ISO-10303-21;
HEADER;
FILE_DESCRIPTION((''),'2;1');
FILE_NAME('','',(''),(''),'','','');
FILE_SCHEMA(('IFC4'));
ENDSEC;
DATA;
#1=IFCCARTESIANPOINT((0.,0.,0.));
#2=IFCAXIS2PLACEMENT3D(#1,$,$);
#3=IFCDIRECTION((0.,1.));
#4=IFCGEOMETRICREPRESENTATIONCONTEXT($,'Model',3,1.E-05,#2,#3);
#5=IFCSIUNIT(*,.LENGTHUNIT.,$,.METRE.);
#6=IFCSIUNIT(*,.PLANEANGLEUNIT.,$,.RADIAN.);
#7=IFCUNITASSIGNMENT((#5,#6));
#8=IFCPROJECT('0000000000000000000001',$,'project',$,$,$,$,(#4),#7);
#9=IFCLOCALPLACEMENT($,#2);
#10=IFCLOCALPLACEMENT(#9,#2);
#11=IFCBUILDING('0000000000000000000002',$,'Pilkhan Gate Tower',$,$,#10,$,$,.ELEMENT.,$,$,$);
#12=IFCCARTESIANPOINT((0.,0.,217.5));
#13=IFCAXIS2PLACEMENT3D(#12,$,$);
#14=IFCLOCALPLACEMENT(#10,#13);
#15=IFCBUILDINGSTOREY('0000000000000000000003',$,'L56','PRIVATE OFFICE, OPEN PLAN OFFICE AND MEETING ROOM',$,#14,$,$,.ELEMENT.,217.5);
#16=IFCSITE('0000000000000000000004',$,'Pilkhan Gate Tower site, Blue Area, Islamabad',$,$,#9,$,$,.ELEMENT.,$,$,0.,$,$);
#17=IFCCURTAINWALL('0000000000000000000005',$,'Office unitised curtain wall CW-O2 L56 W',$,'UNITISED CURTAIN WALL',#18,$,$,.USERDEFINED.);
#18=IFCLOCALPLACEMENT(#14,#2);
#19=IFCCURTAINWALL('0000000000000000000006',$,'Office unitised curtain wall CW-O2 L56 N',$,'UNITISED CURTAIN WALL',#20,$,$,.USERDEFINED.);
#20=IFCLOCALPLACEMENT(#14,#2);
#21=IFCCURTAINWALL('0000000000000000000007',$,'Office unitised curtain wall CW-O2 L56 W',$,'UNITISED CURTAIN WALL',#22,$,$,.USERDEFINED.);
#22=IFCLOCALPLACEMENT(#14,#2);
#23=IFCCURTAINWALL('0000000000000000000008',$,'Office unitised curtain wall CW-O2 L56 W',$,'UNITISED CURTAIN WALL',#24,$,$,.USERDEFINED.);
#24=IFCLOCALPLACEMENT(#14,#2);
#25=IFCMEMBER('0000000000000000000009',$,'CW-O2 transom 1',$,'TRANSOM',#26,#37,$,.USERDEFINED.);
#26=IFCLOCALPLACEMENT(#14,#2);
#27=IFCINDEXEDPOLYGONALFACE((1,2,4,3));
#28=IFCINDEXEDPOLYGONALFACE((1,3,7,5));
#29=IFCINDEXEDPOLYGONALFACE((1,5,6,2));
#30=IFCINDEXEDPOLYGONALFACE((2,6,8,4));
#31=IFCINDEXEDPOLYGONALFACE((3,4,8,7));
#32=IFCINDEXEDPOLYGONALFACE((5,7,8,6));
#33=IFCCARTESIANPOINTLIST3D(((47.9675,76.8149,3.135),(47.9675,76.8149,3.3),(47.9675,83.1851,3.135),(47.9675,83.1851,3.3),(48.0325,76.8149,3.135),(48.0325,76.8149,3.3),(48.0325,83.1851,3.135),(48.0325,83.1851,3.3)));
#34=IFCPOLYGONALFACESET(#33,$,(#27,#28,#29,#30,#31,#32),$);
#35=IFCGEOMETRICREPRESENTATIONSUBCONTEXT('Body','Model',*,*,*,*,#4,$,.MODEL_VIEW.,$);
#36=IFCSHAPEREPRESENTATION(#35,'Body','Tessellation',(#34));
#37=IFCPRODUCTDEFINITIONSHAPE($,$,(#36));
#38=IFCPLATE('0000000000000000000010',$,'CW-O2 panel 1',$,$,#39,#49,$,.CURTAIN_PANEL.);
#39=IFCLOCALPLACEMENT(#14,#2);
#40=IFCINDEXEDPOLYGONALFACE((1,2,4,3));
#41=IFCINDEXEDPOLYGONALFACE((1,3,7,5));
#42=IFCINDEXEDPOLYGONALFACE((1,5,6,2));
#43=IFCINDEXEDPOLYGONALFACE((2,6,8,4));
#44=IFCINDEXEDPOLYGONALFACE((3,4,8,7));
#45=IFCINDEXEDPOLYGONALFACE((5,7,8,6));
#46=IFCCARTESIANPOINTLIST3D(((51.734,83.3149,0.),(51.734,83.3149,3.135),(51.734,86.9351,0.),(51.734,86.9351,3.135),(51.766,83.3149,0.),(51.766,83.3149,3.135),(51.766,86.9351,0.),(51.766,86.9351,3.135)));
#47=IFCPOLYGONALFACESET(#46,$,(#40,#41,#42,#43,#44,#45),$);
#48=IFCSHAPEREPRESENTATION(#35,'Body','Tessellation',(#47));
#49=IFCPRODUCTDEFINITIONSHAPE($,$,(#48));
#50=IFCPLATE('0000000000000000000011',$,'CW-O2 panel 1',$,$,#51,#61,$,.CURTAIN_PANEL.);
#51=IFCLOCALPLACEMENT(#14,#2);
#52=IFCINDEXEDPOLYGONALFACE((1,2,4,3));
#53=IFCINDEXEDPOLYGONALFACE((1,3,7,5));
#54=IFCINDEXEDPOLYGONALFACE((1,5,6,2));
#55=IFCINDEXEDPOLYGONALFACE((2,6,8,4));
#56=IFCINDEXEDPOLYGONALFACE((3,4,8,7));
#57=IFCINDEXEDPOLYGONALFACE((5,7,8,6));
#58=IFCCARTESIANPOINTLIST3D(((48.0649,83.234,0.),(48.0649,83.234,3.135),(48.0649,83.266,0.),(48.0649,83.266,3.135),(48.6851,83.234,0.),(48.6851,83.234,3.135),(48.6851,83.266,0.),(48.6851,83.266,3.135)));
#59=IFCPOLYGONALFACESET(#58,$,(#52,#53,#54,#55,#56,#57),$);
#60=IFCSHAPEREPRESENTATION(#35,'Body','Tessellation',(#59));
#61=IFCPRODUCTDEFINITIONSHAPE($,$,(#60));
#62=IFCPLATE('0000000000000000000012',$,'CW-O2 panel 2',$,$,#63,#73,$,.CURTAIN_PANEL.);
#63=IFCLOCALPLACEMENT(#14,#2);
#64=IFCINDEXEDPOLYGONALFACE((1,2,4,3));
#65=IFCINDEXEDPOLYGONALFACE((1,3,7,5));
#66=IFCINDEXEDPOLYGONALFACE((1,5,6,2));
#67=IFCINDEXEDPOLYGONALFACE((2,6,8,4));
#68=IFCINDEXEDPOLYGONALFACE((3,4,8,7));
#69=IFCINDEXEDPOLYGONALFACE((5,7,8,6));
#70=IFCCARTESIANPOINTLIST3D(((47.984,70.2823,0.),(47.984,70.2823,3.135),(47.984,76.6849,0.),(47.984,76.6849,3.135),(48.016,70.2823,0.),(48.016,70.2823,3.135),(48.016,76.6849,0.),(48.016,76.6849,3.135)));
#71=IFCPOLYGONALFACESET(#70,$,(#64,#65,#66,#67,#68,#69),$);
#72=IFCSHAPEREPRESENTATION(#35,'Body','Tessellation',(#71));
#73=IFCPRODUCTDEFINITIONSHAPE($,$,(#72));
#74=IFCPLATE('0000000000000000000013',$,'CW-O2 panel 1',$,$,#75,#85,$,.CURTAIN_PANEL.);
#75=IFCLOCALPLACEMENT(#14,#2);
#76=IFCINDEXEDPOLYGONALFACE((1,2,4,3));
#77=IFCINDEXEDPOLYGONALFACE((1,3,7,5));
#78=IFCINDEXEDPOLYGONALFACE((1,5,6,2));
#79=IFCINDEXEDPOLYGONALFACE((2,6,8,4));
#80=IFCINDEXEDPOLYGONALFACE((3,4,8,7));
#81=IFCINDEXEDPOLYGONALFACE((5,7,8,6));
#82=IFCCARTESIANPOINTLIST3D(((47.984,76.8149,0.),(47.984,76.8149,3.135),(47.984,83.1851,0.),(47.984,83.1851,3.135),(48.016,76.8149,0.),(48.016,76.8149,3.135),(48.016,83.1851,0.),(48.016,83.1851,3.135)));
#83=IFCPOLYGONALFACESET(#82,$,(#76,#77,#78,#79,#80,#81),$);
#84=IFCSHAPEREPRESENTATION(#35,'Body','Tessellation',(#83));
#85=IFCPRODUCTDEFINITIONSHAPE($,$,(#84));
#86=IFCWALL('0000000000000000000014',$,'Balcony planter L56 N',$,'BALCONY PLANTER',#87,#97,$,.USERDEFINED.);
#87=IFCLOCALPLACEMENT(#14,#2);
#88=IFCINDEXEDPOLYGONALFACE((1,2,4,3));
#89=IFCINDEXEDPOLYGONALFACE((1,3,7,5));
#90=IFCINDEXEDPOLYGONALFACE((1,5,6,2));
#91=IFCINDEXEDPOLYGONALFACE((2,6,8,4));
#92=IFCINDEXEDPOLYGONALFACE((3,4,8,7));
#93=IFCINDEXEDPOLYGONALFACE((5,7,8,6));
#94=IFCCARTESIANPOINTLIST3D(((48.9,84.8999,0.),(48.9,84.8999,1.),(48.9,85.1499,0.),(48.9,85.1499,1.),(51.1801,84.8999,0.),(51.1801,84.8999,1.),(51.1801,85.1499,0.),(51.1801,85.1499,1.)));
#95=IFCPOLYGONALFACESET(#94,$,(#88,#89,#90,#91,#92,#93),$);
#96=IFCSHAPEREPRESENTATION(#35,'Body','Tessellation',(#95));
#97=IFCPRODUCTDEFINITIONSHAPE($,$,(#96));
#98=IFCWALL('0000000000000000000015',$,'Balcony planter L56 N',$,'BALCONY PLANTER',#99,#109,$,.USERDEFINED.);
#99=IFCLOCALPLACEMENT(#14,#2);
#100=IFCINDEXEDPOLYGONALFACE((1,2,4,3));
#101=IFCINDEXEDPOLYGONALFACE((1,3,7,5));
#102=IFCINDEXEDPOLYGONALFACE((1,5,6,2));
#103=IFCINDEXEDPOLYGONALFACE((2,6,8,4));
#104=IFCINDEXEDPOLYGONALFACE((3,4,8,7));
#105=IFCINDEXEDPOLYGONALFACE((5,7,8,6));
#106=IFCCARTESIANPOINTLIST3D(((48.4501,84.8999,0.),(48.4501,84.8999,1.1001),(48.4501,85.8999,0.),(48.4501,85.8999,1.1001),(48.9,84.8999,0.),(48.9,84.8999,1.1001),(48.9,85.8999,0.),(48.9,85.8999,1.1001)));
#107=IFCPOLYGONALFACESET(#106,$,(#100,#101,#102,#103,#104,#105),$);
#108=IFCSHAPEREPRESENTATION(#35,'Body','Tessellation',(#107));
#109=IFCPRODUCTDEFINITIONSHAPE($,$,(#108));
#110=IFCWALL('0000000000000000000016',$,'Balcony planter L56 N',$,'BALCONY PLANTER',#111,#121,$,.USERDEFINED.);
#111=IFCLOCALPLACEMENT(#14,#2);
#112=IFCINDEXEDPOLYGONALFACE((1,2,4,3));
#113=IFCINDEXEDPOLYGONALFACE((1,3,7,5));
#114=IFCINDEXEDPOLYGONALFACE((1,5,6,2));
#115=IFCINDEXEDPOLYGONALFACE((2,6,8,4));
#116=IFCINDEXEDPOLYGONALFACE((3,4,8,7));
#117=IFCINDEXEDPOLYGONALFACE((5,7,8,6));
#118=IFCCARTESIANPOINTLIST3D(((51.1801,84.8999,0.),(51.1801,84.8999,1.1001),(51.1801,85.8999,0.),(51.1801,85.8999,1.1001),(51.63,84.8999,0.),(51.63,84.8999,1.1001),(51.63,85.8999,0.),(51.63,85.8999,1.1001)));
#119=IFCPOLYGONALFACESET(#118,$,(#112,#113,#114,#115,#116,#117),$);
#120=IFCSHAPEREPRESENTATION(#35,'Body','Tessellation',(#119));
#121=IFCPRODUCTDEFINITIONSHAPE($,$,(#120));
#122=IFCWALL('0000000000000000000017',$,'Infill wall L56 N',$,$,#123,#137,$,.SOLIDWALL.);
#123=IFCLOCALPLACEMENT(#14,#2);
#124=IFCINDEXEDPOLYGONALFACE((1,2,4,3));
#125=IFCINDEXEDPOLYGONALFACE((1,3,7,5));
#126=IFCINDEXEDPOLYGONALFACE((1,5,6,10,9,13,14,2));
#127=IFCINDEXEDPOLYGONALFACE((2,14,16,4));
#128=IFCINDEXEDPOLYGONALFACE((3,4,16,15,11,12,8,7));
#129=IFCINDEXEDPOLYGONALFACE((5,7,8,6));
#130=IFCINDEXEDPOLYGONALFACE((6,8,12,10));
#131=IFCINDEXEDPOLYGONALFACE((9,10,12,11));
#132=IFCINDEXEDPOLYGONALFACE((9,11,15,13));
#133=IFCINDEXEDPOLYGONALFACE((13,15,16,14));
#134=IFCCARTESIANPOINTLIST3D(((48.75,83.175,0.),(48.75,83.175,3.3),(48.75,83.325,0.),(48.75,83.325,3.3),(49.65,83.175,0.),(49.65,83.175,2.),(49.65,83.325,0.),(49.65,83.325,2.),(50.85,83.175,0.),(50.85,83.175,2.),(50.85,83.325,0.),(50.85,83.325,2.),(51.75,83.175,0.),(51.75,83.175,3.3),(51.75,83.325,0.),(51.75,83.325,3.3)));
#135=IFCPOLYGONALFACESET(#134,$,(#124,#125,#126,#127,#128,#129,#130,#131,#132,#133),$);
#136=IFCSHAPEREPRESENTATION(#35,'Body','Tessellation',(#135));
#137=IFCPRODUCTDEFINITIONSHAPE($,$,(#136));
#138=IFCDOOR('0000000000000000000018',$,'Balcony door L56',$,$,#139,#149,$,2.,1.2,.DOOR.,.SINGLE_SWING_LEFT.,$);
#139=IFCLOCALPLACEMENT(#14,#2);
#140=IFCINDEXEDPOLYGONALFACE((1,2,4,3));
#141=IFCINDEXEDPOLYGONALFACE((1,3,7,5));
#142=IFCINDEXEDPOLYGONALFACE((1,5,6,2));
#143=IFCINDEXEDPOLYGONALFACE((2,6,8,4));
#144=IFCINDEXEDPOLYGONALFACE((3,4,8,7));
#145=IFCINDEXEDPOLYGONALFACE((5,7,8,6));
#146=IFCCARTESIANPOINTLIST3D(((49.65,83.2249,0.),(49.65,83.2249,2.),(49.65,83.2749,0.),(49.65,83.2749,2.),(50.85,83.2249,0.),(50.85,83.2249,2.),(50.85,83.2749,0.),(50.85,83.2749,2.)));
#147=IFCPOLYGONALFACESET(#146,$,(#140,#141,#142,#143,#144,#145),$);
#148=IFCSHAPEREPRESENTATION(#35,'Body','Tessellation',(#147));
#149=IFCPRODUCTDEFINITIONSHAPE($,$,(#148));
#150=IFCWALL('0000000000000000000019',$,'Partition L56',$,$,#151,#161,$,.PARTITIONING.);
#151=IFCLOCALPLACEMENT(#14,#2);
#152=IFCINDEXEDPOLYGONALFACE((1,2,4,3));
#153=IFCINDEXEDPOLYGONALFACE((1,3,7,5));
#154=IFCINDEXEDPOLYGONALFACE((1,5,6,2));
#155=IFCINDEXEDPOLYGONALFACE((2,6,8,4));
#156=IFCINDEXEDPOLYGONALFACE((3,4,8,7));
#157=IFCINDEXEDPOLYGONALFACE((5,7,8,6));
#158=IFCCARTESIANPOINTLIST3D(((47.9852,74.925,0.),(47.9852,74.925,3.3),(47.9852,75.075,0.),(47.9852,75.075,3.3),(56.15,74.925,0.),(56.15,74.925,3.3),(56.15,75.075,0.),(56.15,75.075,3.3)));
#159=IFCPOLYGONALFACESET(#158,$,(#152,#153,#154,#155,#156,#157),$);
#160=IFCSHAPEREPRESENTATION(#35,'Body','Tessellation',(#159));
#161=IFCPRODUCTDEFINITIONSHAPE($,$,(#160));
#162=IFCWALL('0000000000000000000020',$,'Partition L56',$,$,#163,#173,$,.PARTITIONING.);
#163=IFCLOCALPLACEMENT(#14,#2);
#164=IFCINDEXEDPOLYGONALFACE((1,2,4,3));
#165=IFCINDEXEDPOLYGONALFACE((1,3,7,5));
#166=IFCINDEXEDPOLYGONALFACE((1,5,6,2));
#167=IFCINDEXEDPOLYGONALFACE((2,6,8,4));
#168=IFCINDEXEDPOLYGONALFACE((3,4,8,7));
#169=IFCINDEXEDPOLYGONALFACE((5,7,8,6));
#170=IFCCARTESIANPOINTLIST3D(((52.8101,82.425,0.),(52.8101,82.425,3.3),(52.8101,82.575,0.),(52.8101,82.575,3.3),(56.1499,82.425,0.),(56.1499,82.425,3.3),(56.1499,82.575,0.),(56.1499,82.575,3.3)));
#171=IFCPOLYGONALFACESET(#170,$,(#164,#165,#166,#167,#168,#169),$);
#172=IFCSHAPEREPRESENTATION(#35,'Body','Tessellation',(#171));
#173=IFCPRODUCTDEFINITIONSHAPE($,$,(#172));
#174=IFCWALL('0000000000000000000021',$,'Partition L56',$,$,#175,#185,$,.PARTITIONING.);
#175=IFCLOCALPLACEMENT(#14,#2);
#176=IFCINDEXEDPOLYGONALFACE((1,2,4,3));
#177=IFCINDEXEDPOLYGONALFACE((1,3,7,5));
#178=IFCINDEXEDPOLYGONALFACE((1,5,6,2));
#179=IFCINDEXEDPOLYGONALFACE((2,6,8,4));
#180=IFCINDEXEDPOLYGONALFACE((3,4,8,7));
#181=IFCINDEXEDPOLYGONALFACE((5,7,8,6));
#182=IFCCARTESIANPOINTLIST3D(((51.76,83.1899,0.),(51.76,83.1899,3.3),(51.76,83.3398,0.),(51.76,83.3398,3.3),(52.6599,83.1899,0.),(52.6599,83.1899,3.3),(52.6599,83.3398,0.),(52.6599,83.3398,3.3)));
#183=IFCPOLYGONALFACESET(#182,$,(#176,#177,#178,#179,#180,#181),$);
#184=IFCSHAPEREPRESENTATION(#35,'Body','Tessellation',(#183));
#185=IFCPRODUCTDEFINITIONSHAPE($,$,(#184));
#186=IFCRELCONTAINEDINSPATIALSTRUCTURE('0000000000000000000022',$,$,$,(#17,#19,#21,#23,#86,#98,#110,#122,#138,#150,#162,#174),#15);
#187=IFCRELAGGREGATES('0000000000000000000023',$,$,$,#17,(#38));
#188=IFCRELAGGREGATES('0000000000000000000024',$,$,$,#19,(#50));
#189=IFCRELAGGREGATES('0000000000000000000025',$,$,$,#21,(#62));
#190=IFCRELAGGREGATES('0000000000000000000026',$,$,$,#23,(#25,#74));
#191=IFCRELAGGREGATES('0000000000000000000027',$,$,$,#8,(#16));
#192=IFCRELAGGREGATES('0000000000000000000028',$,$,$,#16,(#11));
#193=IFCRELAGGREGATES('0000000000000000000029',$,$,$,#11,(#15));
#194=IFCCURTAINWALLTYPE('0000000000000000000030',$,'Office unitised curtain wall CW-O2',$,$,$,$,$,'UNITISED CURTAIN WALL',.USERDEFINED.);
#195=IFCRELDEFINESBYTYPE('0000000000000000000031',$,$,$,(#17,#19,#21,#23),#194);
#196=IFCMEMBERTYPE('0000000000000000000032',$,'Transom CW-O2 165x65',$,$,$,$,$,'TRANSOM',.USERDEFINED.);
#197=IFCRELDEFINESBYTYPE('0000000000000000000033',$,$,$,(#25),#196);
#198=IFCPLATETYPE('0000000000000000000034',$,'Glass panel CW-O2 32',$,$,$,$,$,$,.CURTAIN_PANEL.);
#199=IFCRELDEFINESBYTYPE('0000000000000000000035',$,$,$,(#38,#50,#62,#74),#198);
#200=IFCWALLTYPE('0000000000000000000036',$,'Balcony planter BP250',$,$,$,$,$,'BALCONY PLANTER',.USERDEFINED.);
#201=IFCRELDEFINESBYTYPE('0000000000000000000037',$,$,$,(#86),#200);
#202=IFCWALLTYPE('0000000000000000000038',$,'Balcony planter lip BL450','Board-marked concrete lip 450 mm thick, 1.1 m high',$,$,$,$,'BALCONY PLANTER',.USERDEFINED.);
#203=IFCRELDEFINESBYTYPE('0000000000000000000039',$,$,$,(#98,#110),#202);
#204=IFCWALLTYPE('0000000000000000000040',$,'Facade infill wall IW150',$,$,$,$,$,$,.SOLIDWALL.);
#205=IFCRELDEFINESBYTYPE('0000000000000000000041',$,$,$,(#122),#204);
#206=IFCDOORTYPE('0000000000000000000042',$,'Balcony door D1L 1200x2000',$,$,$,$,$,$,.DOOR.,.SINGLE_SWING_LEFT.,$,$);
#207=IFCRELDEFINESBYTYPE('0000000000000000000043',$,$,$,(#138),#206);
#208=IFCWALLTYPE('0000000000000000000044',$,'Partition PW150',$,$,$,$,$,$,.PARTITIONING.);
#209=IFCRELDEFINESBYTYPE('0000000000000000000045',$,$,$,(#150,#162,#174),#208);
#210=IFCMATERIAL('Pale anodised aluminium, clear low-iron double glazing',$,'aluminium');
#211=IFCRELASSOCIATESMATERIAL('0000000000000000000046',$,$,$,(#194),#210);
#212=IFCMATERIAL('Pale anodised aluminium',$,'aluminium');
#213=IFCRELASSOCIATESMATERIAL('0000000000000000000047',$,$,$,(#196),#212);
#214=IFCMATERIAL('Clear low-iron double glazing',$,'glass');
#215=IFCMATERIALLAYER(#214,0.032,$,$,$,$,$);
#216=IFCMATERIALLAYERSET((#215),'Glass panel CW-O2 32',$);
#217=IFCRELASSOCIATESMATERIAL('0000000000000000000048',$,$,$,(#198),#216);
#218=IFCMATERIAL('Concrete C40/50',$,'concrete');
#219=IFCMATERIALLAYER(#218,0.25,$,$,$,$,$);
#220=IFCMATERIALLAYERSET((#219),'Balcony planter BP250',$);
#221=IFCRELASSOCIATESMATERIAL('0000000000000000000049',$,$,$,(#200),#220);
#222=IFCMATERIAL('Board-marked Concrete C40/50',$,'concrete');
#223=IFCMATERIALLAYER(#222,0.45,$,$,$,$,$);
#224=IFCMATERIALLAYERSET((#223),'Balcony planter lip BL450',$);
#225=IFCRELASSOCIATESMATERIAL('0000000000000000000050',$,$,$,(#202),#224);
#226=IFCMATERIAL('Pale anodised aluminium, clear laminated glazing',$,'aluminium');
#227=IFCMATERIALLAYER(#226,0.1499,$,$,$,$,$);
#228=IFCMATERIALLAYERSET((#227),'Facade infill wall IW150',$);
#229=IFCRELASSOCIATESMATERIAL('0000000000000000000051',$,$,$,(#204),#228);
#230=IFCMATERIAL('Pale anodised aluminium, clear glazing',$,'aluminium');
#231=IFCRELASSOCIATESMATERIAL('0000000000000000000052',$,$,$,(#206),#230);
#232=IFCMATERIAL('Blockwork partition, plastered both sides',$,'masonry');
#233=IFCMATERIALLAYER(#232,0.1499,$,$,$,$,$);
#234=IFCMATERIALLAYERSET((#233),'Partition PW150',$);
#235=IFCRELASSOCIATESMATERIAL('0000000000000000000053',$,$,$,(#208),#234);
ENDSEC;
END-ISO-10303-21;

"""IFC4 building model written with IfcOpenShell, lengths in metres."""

from ifc_helpers import new_model, si_unit, direction, frame, frame_2d, origin, origin_2d, place, context, subcontext, project, spatial, rectangle, extrude, material, layer, layer_set, material_profile, profile_set, type_object, element, fill, aggregate, save


model = new_model("IFC4")

# Units and contexts
model_context = context("Model", 3, precision=1e-05, world=origin(), true_north=direction((0.0, 1.0)))
body_context = subcontext(model_context, "Body", "Model", "MODEL_VIEW")
ifc_project = project(units=[si_unit("LENGTHUNIT", "METRE"), si_unit("PLANEANGLEUNIT", "RADIAN")], contexts=[model_context])

# Site, building, storey
site_placement = place(None, origin())
site = spatial("IfcSite", under=ifc_project, at=site_placement, Name="Pilkhan Gate Tower site, Blue Area, Islamabad", CompositionType="ELEMENT", RefElevation=0.0)
building_placement = place(site_placement, origin())
building = spatial("IfcBuilding", under=site, at=building_placement, Name="Pilkhan Gate Tower", CompositionType="ELEMENT")
storey_placement = place(building_placement, frame((0.0, 0.0, 217.5)))
storey = spatial("IfcBuildingStorey", under=building, at=storey_placement, Name="L56", Description="PRIVATE OFFICE, OPEN PLAN OFFICE AND MEETING ROOM", CompositionType="ELEMENT", Elevation=217.5)

# Curtain wall
ifc_material_1 = material(Name="Pale anodised aluminium, clear low-iron double glazing", Category="aluminium")
curtain_wall_type = type_object("IfcCurtainWallType", Name="Office unitised curtain wall CW-O2", ElementType="UNITISED CURTAIN WALL", PredefinedType="USERDEFINED", material=ifc_material_1)
curtain_wall_1_placement = place(storey_placement, origin())
curtain_wall_1 = element("IfcCurtainWall", 1, at=curtain_wall_1_placement, inside=storey, type_object=curtain_wall_type, Name="Office unitised curtain wall CW-O2 L56 W", ObjectType="UNITISED CURTAIN WALL", PredefinedType="USERDEFINED")
ifc_material_2 = material(Name="Pale anodised aluminium", Category="aluminium")

# Curtain wall
curtain_wall_2_placement = place(storey_placement, origin())
curtain_wall_2 = element("IfcCurtainWall", 2, at=curtain_wall_2_placement, inside=storey, type_object=curtain_wall_type, Name="Office unitised curtain wall CW-O2 L56 N", ObjectType="UNITISED CURTAIN WALL", PredefinedType="USERDEFINED")

# Curtain wall
curtain_wall_3_placement = place(storey_placement, origin())
curtain_wall_3 = element("IfcCurtainWall", 3, at=curtain_wall_3_placement, inside=storey, type_object=curtain_wall_type, Name="Office unitised curtain wall CW-O2 L56 W", ObjectType="UNITISED CURTAIN WALL", PredefinedType="USERDEFINED")

# Curtain wall
curtain_wall_4_placement = place(storey_placement, origin())
curtain_wall_4 = element("IfcCurtainWall", 4, at=curtain_wall_4_placement, inside=storey, type_object=curtain_wall_type, Name="Office unitised curtain wall CW-O2 L56 W", ObjectType="UNITISED CURTAIN WALL", PredefinedType="USERDEFINED")

# Member
ifc_material_profile_1 = material_profile(ifc_material_2, rectangle(XDim=0.0649, YDim=0.165, at=origin_2d()), Name="Transom 165x65")
ifc_profile_set_1 = profile_set([ifc_material_profile_1], Name="Pale anodised aluminium")
member_type_1 = type_object("IfcMemberType", Name="Transom CW-O2 165x65", ElementType="TRANSOM", PredefinedType="USERDEFINED", material=ifc_profile_set_1)
member_1_placement = place(storey_placement, frame((48.0, 76.8149, 3.2175), z_axis=(0.0, 1.0, 0.0), x_axis=(-1.0, 0.0, 0.0)))
member_1 = element("IfcMember", 5, at=member_1_placement, type_object=member_type_1, Name="CW-O2 transom 1", ObjectType="TRANSOM", PredefinedType="USERDEFINED", context=body_context, shape_type="SweptSolid", body=[
    extrude(rectangle(XDim=0.0649, YDim=0.165, at=origin_2d()), origin(), (0.0, 0.0, 1.0), 6.3701),
])

# Plates
ifc_material_3 = material(Name="Clear low-iron double glazing", Category="glass")
ifc_layer_1 = layer(ifc_material_3, 0.032)
ifc_layer_set_1 = layer_set([ifc_layer_1], Name="Glass panel CW-O2 32")
plate_type = type_object("IfcPlateType", Name="Glass panel CW-O2 32", PredefinedType="CURTAIN_PANEL", material=ifc_layer_set_1)
plate_1_placement = place(storey_placement, frame((51.75, 85.125, 0.0), z_axis=(0.0, 0.0, 1.0), x_axis=(0.0, 1.0, 0.0)))
plate_1 = element("IfcPlate", 6, at=plate_1_placement, type_object=plate_type, Name="CW-O2 panel 1", PredefinedType="CURTAIN_PANEL", context=body_context, shape_type="SweptSolid", body=[
    extrude(rectangle(XDim=3.6201, YDim=0.032, at=origin_2d()), origin(), (0.0, 0.0, 1.0), 3.135),
])
aggregate(curtain_wall_1, [plate_1])
plate_2_placement = place(storey_placement, frame((48.375, 83.25, 0.0), z_axis=(0.0, 0.0, 1.0), x_axis=(1.0, 0.0, 0.0)))
plate_2 = element("IfcPlate", 7, at=plate_2_placement, type_object=plate_type, Name="CW-O2 panel 1", PredefinedType="CURTAIN_PANEL", context=body_context, shape_type="SweptSolid", body=[
    extrude(rectangle(XDim=0.6201, YDim=0.032, at=origin_2d()), origin(), (0.0, 0.0, 1.0), 3.135),
])
aggregate(curtain_wall_2, [plate_2])
plate_3_placement = place(storey_placement, frame((48.0, 73.4836, 0.0), z_axis=(0.0, 0.0, 1.0), x_axis=(0.0, 1.0, 0.0)))
plate_3 = element("IfcPlate", 8, at=plate_3_placement, type_object=plate_type, Name="CW-O2 panel 2", PredefinedType="CURTAIN_PANEL", context=body_context, shape_type="SweptSolid", body=[
    extrude(rectangle(XDim=6.4026, YDim=0.032, at=origin_2d()), origin(), (0.0, 0.0, 1.0), 3.135),
])
aggregate(curtain_wall_3, [plate_3])
plate_4_placement = place(storey_placement, frame((48.0, 80.0, 0.0), z_axis=(0.0, 0.0, 1.0), x_axis=(0.0, 1.0, 0.0)))
plate_4 = element("IfcPlate", 9, at=plate_4_placement, type_object=plate_type, Name="CW-O2 panel 1", PredefinedType="CURTAIN_PANEL", context=body_context, shape_type="SweptSolid", body=[
    extrude(rectangle(XDim=6.3701, YDim=0.032, at=origin_2d()), origin(), (0.0, 0.0, 1.0), 3.135),
])
aggregate(curtain_wall_4, [member_1, plate_4])

# Walls
ifc_material_4 = material(Name="Concrete C40/50", Category="concrete")
ifc_layer_2 = layer(ifc_material_4, 0.25)
ifc_layer_set_2 = layer_set([ifc_layer_2], Name="Balcony planter BP250")
wall_type_1 = type_object("IfcWallType", Name="Balcony planter BP250", ElementType="BALCONY PLANTER", PredefinedType="USERDEFINED", material=ifc_layer_set_2)
wall_1_placement = place(storey_placement, frame((48.8999, 85.0249, 0.0), z_axis=(0.0, 0.0, 1.0), x_axis=(1.0, 0.0, 0.0)))
element("IfcWall", 10, at=wall_1_placement, inside=storey, type_object=wall_type_1, Name="Balcony planter L56 N", ObjectType="BALCONY PLANTER", PredefinedType="USERDEFINED", context=body_context, shape_type="SweptSolid", body=[
    extrude(rectangle(XDim=2.28, YDim=0.25, at=frame_2d((1.1401, 0.0))), origin(), (0.0, 0.0, 1.0), 1.0),
])
ifc_material_5 = material(Name="Board-marked Concrete C40/50", Category="concrete")
ifc_layer_3 = layer(ifc_material_5, 0.45)
ifc_layer_set_3 = layer_set([ifc_layer_3], Name="Balcony planter lip BL450")
wall_type_2 = type_object("IfcWallType", Name="Balcony planter lip BL450", Description="Board-marked concrete lip 450 mm thick, 1.1 m high", ElementType="BALCONY PLANTER", PredefinedType="USERDEFINED", material=ifc_layer_set_3)
for number, where, z_axis, x_axis, name in (
    (11, (48.675, 84.8999, 0.0), (0.0, 0.0, 1.0), (0.0, 1.0, 0.0), "Balcony planter L56 N"),
    (12, (51.405, 84.8999, 0.0), (0.0, 0.0, 1.0), (0.0, 1.0, 0.0), "Balcony planter L56 N"),
):
    element("IfcWall", number, at=place(storey_placement, frame(where, z_axis=z_axis, x_axis=x_axis)), inside=storey, type_object=wall_type_2, Name=name, ObjectType="BALCONY PLANTER", PredefinedType="USERDEFINED", context=body_context, shape_type="SweptSolid", body=[
        extrude(rectangle(XDim=1.0, YDim=0.45, at=frame_2d((0.5, 0.0))), origin(), (0.0, 0.0, 1.0), 1.1001),
    ])

# Wall, opening, door
ifc_material_6 = material(Name="Pale anodised aluminium, clear laminated glazing", Category="aluminium")
ifc_layer_4 = layer(ifc_material_6, 0.1499)
ifc_layer_set_4 = layer_set([ifc_layer_4], Name="Facade infill wall IW150")
wall_type_3 = type_object("IfcWallType", Name="Facade infill wall IW150", PredefinedType="SOLIDWALL", material=ifc_layer_set_4)
wall_2_placement = place(storey_placement, frame((48.75, 83.25, 0.0), z_axis=(0.0, 0.0, 1.0), x_axis=(1.0, 0.0, 0.0)))
wall_2 = element("IfcWall", 13, at=wall_2_placement, inside=storey, type_object=wall_type_3, Name="Infill wall L56 N", PredefinedType="SOLIDWALL", context=body_context, shape_type="SweptSolid", body=[
    extrude(rectangle(XDim=3.0, YDim=0.1499, at=frame_2d((1.5, 0.0))), origin(), (0.0, 0.0, 1.0), 3.3),
])
opening_placement = place(wall_2_placement, frame((0.8999, 0.0, 0.0)))
opening = element("IfcOpeningElement", 14, at=opening_placement, cuts=wall_2, PredefinedType="OPENING", context=body_context, shape_type="SweptSolid", body=[
    extrude(rectangle(XDim=1.2, YDim=2.0, at=frame_2d((0.6001, 1.0))), frame((0.0, 0.085, 0.0), z_axis=(0.0, -1.0, 0.0), x_axis=(1.0, 0.0, 0.0)), (0.0, 0.0, 1.0), 0.1699),
])
ifc_material_7 = material(Name="Pale anodised aluminium, clear glazing", Category="aluminium")
door_type = type_object("IfcDoorType", Name="Balcony door D1L 1200x2000", OperationType="SINGLE_SWING_LEFT", PredefinedType="DOOR", material=ifc_material_7)
door_placement = place(opening_placement, origin())
door = element("IfcDoor", 15, at=door_placement, inside=storey, type_object=door_type, Name="Balcony door L56", OperationType="SINGLE_SWING_LEFT", OverallHeight=2.0, OverallWidth=1.2, PredefinedType="DOOR", context=body_context, shape_type="SweptSolid", body=[
    extrude(rectangle(XDim=1.2, YDim=2.0, at=frame_2d((0.6001, 1.0))), frame((0.0, 0.0249, 0.0), z_axis=(0.0, -1.0, 0.0), x_axis=(1.0, 0.0, 0.0)), (0.0, 0.0, 1.0), 0.05),
])
fill(opening, door)

# Walls
ifc_material_8 = material(Name="Blockwork partition, plastered both sides", Category="masonry")
ifc_layer_5 = layer(ifc_material_8, 0.1499)
ifc_layer_set_5 = layer_set([ifc_layer_5], Name="Partition PW150")
wall_type_4 = type_object("IfcWallType", Name="Partition PW150", PredefinedType="PARTITIONING", material=ifc_layer_set_5)
wall_3_placement = place(storey_placement, frame((47.9851, 75.0, 0.0), z_axis=(0.0, 0.0, 1.0), x_axis=(1.0, 0.0, 0.0)))
element("IfcWall", 16, at=wall_3_placement, inside=storey, type_object=wall_type_4, Name="Partition L56", PredefinedType="PARTITIONING", context=body_context, shape_type="SweptSolid", body=[
    extrude(rectangle(XDim=8.1648, YDim=0.1499, at=frame_2d((4.0825, 0.0))), origin(), (0.0, 0.0, 1.0), 3.3),
])
wall_4_placement = place(storey_placement, frame((52.8101, 82.5, 0.0), z_axis=(0.0, 0.0, 1.0), x_axis=(1.0, 0.0, 0.0)))
element("IfcWall", 17, at=wall_4_placement, inside=storey, type_object=wall_type_4, Name="Partition L56", PredefinedType="PARTITIONING", context=body_context, shape_type="SweptSolid", body=[
    extrude(rectangle(XDim=3.3398, YDim=0.1499, at=frame_2d((1.6699, 0.0))), origin(), (0.0, 0.0, 1.0), 3.3),
])
wall_5_placement = place(storey_placement, frame((51.76, 83.2649, 0.0), z_axis=(0.0, 0.0, 1.0), x_axis=(1.0, 0.0, 0.0)))
element("IfcWall", 18, at=wall_5_placement, inside=storey, type_object=wall_type_4, Name="Partition L56", PredefinedType="PARTITIONING", context=body_context, shape_type="SweptSolid", body=[
    extrude(rectangle(XDim=0.8999, YDim=0.1499, at=frame_2d((0.45, 0.0))), origin(), (0.0, 0.0, 1.0), 3.3),
])

save(model, "model.ifc")
